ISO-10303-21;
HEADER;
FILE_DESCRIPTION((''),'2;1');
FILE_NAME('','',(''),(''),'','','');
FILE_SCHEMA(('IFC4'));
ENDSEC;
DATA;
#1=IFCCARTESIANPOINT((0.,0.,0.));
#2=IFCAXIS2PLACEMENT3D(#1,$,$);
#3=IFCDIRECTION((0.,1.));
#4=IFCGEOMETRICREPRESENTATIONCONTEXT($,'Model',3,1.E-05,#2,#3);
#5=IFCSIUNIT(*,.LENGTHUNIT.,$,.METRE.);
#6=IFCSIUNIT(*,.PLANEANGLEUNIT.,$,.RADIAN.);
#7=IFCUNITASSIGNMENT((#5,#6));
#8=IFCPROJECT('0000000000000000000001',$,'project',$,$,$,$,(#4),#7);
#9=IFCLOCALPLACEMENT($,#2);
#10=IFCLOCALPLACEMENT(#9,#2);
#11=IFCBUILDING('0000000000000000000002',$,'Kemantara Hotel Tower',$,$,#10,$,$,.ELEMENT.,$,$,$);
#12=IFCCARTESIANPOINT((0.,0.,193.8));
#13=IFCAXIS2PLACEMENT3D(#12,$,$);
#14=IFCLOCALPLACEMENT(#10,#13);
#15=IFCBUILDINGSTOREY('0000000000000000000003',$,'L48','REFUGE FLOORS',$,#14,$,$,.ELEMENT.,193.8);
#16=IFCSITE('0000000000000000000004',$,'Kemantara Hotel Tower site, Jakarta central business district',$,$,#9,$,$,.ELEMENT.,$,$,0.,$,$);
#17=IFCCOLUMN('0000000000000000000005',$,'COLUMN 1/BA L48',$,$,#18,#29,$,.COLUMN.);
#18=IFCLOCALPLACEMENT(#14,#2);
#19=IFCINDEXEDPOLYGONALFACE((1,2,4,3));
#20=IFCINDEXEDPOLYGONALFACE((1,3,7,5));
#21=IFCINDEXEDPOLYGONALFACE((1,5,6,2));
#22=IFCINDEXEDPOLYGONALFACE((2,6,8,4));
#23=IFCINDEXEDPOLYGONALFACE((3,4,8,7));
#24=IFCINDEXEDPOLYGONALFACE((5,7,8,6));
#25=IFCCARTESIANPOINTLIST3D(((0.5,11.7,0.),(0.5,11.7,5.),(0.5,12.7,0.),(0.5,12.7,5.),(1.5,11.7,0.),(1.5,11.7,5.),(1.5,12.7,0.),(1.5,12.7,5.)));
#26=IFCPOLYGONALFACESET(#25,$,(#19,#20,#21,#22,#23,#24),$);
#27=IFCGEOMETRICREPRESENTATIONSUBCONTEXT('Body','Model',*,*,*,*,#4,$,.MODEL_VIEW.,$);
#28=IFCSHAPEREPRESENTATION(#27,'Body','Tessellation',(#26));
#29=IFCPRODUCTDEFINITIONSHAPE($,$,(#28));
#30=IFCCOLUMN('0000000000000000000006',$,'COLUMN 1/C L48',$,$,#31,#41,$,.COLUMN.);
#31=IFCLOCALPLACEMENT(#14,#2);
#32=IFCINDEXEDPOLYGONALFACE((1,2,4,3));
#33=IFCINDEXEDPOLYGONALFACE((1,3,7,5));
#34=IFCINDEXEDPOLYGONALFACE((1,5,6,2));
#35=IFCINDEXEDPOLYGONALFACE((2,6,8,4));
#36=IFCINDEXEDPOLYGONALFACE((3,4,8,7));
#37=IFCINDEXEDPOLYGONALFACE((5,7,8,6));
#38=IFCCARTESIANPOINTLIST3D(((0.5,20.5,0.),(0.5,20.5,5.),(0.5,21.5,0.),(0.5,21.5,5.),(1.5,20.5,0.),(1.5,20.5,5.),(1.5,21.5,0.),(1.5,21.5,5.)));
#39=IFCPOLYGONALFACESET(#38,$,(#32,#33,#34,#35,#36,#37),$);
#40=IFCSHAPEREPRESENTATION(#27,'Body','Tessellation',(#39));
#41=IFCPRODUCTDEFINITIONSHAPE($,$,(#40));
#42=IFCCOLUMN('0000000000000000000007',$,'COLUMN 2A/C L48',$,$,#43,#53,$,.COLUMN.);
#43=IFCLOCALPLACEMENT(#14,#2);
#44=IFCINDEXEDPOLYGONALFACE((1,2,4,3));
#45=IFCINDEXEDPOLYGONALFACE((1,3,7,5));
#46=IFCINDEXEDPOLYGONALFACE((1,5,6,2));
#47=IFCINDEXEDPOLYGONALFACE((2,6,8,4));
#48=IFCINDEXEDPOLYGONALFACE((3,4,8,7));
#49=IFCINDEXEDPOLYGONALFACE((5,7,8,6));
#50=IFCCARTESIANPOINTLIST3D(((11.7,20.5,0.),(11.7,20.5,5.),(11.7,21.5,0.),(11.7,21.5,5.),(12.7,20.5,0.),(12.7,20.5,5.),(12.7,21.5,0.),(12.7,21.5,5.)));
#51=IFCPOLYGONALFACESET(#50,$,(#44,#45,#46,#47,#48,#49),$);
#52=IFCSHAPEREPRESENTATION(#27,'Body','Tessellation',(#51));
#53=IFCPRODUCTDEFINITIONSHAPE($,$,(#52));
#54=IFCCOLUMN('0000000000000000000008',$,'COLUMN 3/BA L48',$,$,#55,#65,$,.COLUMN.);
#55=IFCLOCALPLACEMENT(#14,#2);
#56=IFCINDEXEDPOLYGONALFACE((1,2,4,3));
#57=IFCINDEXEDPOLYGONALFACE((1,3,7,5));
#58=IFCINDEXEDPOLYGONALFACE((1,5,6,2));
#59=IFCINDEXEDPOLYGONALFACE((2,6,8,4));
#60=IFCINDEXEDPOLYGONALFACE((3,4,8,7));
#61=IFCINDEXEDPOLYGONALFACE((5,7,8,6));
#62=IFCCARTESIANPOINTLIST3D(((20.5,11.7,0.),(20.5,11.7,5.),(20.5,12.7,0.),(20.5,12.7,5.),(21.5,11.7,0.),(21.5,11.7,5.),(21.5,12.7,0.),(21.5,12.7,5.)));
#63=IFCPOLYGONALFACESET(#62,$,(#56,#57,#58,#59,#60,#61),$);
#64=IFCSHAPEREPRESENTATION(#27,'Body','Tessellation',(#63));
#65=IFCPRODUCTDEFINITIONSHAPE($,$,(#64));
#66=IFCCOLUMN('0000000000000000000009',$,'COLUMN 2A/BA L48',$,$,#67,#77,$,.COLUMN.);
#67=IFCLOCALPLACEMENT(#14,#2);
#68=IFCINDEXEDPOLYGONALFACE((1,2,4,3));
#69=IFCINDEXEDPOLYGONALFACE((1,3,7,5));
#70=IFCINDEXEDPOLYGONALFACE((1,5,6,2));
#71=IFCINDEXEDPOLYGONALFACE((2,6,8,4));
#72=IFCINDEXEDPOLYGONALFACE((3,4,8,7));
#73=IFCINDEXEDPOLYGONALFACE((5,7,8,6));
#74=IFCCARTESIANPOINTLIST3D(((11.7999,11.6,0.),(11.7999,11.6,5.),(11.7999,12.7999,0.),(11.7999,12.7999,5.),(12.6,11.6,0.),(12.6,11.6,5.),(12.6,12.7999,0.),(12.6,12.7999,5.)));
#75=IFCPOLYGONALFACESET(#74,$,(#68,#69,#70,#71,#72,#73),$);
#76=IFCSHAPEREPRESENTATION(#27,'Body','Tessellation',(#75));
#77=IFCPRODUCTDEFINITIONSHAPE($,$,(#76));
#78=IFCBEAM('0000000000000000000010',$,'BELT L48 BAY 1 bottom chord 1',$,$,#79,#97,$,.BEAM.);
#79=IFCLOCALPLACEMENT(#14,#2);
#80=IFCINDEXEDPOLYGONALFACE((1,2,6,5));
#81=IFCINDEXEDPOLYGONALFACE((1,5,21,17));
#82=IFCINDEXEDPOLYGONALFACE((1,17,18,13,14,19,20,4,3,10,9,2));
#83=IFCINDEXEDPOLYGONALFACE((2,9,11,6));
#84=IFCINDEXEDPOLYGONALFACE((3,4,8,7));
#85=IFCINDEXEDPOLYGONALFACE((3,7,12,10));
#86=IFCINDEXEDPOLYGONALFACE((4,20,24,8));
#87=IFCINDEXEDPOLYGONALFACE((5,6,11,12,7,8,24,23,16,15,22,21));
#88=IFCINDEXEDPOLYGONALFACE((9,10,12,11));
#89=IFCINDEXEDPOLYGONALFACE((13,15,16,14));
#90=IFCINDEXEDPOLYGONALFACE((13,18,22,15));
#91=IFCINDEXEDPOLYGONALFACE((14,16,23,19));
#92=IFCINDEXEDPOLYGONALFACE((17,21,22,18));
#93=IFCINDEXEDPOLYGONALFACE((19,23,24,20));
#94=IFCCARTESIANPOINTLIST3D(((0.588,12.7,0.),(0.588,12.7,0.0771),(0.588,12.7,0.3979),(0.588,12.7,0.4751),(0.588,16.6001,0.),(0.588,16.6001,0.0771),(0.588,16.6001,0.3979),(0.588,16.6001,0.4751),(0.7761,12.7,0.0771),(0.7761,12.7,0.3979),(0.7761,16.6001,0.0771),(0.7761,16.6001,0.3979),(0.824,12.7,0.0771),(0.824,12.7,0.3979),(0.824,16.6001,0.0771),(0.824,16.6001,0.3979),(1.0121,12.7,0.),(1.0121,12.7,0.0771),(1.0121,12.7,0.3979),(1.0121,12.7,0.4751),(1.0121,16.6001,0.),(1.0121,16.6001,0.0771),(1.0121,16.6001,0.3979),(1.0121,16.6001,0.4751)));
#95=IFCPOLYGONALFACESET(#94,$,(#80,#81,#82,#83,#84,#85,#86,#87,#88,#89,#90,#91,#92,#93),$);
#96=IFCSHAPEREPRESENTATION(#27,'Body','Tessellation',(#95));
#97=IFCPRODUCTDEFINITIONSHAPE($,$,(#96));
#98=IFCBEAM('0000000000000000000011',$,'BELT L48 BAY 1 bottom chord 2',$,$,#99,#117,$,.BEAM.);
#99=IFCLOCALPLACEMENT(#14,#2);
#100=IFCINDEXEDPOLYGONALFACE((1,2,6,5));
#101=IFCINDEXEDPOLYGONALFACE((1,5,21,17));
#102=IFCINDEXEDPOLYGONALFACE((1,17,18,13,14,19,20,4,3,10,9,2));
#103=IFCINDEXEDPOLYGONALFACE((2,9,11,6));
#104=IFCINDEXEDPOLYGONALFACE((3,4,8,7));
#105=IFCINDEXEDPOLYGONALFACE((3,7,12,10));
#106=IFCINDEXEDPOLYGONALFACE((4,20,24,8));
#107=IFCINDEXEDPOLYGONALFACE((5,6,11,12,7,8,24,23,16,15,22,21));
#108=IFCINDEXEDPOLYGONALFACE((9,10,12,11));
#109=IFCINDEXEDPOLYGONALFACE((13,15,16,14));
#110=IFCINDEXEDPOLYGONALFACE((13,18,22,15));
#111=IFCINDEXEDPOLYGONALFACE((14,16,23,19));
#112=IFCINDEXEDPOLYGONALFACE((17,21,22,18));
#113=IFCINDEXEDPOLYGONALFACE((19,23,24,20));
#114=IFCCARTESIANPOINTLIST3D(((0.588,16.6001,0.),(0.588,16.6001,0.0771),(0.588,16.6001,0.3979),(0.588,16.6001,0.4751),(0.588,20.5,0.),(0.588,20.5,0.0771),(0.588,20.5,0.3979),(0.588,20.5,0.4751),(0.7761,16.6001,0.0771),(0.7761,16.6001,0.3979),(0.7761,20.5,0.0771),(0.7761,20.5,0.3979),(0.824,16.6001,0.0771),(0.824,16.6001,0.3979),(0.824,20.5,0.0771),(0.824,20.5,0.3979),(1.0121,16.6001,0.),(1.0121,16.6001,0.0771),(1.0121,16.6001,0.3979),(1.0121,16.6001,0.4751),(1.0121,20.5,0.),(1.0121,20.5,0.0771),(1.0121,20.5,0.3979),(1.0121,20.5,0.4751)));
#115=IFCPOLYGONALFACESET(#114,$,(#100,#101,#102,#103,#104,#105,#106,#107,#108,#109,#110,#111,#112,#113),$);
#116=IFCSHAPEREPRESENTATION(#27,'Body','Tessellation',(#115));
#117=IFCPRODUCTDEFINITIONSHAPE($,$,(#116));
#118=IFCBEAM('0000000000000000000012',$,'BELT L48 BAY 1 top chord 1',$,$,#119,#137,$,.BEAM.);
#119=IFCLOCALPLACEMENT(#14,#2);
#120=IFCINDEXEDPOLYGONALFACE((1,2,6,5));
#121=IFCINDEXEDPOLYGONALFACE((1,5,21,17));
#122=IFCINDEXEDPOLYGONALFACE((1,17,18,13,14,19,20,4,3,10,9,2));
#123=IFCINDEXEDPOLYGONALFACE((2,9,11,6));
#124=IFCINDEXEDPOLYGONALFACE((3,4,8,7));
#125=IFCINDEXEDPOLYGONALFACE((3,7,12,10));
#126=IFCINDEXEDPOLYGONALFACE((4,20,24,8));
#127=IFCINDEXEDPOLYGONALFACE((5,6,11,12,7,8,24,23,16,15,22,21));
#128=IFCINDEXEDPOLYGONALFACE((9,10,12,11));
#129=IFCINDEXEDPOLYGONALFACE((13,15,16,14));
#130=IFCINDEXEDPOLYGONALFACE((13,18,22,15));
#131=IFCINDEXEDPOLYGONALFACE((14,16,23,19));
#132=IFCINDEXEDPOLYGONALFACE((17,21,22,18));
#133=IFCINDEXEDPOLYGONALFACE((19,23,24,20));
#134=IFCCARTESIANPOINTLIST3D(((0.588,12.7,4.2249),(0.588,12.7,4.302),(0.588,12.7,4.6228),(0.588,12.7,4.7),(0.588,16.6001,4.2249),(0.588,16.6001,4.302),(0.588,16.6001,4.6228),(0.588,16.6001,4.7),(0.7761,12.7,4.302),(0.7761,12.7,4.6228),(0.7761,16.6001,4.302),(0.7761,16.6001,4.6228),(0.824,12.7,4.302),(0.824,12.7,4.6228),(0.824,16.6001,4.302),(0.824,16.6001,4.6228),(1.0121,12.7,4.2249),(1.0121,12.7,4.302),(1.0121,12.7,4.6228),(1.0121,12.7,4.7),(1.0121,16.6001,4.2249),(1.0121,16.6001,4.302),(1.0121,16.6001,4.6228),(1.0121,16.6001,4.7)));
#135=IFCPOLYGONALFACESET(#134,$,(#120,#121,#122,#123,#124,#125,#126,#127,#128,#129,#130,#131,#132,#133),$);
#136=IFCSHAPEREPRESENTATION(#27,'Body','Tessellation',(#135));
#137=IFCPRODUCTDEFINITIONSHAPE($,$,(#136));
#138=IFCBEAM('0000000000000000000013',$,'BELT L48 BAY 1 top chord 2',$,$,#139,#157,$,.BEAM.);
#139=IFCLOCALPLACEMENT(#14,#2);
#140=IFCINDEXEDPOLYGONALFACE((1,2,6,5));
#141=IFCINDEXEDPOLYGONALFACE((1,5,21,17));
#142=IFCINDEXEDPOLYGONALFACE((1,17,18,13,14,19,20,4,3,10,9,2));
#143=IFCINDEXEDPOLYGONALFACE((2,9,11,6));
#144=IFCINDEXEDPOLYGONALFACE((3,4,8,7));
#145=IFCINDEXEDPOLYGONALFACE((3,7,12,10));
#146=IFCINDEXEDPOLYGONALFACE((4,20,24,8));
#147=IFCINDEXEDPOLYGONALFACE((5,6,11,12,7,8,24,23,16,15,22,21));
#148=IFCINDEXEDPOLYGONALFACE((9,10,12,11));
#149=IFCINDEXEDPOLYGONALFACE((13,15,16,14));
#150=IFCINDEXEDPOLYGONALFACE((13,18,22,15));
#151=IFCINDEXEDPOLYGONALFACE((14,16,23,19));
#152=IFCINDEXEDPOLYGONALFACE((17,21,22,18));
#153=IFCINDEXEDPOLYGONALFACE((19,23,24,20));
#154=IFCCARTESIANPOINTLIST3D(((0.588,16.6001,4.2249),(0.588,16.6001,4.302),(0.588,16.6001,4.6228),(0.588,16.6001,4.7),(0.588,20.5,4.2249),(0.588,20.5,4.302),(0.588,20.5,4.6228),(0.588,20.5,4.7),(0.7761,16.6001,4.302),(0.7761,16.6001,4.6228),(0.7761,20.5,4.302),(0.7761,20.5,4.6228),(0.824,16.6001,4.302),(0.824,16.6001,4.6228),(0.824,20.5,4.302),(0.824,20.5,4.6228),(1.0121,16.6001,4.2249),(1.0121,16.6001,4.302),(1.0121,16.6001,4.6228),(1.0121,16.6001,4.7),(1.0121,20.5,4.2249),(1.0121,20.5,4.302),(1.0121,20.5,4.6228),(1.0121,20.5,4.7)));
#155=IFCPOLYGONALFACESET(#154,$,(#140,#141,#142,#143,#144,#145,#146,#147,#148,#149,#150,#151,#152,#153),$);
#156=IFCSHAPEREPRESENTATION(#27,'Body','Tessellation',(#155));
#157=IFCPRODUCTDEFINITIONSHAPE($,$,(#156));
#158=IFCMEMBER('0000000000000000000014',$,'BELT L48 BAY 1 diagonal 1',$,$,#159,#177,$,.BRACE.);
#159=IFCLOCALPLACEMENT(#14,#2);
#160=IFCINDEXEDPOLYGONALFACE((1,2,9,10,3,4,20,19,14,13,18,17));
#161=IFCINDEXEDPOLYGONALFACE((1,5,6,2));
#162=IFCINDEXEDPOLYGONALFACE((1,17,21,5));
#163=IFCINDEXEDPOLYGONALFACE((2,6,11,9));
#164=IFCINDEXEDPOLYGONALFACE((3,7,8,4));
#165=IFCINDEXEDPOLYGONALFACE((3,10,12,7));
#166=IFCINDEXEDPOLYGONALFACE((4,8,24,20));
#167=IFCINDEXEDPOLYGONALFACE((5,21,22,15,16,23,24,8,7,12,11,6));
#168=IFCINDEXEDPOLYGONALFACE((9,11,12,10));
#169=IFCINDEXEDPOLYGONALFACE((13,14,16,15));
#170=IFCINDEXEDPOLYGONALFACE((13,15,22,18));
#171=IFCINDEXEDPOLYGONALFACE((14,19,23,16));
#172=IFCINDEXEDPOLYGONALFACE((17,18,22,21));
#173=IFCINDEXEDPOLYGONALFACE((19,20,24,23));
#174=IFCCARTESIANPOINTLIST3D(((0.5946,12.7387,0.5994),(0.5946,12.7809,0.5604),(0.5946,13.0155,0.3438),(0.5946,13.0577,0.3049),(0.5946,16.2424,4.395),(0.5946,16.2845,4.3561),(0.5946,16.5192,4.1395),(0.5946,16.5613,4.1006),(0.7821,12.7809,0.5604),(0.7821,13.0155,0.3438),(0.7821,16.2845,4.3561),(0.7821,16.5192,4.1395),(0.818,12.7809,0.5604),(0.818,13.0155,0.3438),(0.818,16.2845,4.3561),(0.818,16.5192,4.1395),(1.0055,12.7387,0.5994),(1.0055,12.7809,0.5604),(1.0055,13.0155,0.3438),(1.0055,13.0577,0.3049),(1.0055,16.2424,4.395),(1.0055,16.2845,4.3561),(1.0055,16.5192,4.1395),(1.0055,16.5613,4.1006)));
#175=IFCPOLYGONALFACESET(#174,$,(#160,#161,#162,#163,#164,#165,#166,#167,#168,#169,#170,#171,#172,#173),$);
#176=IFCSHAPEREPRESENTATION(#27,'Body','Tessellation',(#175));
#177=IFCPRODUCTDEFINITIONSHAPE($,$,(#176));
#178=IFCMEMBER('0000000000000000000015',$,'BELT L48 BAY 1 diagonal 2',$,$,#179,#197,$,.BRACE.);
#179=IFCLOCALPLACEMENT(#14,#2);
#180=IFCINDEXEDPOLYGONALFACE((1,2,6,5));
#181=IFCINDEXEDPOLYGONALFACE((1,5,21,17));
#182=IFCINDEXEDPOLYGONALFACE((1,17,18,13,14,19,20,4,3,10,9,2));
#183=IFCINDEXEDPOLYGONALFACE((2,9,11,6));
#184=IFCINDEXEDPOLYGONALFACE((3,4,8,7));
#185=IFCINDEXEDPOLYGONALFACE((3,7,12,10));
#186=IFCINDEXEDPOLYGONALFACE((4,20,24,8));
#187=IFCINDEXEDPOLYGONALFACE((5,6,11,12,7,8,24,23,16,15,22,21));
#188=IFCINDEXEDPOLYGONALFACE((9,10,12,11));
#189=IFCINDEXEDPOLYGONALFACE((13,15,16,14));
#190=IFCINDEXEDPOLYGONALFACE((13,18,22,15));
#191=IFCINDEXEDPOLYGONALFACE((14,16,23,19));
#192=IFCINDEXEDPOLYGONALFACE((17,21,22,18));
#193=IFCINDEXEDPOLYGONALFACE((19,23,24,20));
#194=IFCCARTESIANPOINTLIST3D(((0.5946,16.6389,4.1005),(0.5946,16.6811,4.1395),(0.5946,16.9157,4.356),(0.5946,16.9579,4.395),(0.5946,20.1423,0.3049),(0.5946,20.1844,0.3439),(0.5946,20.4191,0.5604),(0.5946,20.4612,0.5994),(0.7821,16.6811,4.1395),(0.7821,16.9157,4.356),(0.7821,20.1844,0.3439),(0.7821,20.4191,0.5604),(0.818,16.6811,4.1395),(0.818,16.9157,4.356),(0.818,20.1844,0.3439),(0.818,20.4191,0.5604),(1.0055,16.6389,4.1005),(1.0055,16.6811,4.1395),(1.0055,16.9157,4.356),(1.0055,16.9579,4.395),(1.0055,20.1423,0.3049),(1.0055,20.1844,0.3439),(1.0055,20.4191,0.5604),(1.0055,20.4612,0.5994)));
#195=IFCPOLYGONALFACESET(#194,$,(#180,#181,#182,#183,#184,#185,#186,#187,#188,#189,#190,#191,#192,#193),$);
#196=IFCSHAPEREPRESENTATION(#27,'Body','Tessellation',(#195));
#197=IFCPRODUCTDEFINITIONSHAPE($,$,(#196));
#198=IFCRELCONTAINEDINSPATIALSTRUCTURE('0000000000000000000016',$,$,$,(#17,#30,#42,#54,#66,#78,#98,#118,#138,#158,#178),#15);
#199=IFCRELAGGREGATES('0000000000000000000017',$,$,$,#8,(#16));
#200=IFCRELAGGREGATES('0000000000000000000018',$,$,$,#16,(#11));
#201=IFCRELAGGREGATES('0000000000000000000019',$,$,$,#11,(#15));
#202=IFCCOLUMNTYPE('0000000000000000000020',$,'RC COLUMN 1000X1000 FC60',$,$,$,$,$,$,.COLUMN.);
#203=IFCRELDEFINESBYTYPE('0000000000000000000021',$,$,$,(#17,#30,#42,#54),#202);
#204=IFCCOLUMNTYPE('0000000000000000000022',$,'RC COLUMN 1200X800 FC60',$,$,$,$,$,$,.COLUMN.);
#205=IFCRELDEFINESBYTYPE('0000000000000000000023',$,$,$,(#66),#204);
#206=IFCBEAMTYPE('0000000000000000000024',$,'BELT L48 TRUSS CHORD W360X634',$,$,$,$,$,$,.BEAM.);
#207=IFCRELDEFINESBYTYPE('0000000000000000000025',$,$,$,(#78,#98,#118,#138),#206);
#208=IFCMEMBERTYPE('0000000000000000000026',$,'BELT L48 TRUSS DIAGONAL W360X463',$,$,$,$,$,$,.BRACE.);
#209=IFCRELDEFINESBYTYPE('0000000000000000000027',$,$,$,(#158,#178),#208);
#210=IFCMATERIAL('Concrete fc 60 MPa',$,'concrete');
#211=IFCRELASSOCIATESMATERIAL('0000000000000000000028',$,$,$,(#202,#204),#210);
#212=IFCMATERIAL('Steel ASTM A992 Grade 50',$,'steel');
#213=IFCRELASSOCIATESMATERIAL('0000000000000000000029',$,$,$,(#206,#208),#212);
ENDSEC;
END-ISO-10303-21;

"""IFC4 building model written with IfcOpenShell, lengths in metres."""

from ifc_helpers import new_model, si_unit, direction, frame, origin, origin_2d, place, context, subcontext, project, spatial, rectangle, i_section, extrude, material, material_profile, profile_set, type_object, element, save


model = new_model("IFC4")

# Units and contexts
model_context = context("Model", 3, precision=1e-05, world=origin(), true_north=direction((0.0, 1.0)))
body_context = subcontext(model_context, "Body", "Model", "MODEL_VIEW")
ifc_project = project(units=[si_unit("LENGTHUNIT", "METRE"), si_unit("PLANEANGLEUNIT", "RADIAN")], contexts=[model_context])

# Site, building, storey
site_placement = place(None, origin())
site = spatial("IfcSite", under=ifc_project, at=site_placement, Name="Kemantara Hotel Tower site, Jakarta central business district", CompositionType="ELEMENT", RefElevation=0.0)
building_placement = place(site_placement, origin())
building = spatial("IfcBuilding", under=site, at=building_placement, Name="Kemantara Hotel Tower", CompositionType="ELEMENT")
storey_placement = place(building_placement, frame((0.0, 0.0, 193.8)))
storey = spatial("IfcBuildingStorey", under=building, at=storey_placement, Name="L48", Description="REFUGE FLOORS", CompositionType="ELEMENT", Elevation=193.8)

# Columns
ifc_material_1 = material(Name="Concrete fc 60 MPa", Category="concrete")
ifc_material_profile_1 = material_profile(ifc_material_1, rectangle(XDim=1.0, YDim=1.0, at=origin_2d()), Name="RC 1000X1000")
ifc_profile_set_1 = profile_set([ifc_material_profile_1], Name="Concrete fc 60 MPa")
column_type_1 = type_object("IfcColumnType", Name="RC COLUMN 1000X1000 FC60", PredefinedType="COLUMN", material=ifc_profile_set_1)
for number, where, z_axis, x_axis, name in (
    (1, (1.0, 12.2, 0.0), (0.0, 0.0, 1.0), (1.0, 0.0, 0.0), "COLUMN 1/BA L48"),
    (2, (1.0, 21.0, 0.0), (0.0, 0.0, 1.0), (1.0, 0.0, 0.0), "COLUMN 1/C L48"),
    (3, (12.2, 21.0, 0.0), (0.0, 0.0, 1.0), (1.0, 0.0, 0.0), "COLUMN 2A/C L48"),
    (4, (21.0, 12.2, 0.0), (0.0, 0.0, 1.0), (1.0, 0.0, 0.0), "COLUMN 3/BA L48"),
):
    element("IfcColumn", number, at=place(storey_placement, frame(where, z_axis=z_axis, x_axis=x_axis)), inside=storey, type_object=column_type_1, Name=name, PredefinedType="COLUMN", context=body_context, shape_type="SweptSolid", body=[
        extrude(rectangle(XDim=1.0, YDim=1.0, at=origin_2d()), origin(), (0.0, 0.0, 1.0), 5.0),
    ])
ifc_material_profile_2 = material_profile(ifc_material_1, rectangle(XDim=1.2, YDim=0.8, at=origin_2d()), Name="RC 1200X800")
ifc_profile_set_2 = profile_set([ifc_material_profile_2], Name="Concrete fc 60 MPa")
column_type_2 = type_object("IfcColumnType", Name="RC COLUMN 1200X800 FC60", PredefinedType="COLUMN", material=ifc_profile_set_2)
column_placement = place(storey_placement, frame((12.2, 12.2, 0.0), z_axis=(0.0, 0.0, 1.0), x_axis=(0.0, 1.0, 0.0)))
element("IfcColumn", 5, at=column_placement, inside=storey, type_object=column_type_2, Name="COLUMN 2A/BA L48", PredefinedType="COLUMN", context=body_context, shape_type="SweptSolid", body=[
    extrude(rectangle(XDim=1.2, YDim=0.8, at=origin_2d()), origin(), (0.0, 0.0, 1.0), 5.0),
])

# Beams
ifc_material_2 = material(Name="Steel ASTM A992 Grade 50", Category="steel")
ifc_material_profile_3 = material_profile(ifc_material_2, i_section(OverallWidth=0.4241, OverallDepth=0.4751, WebThickness=0.0479, FlangeThickness=0.0771, at=origin_2d()), Name="W360X634")
ifc_profile_set_3 = profile_set([ifc_material_profile_3], Name="Steel ASTM A992 Grade 50")
beam_type = type_object("IfcBeamType", Name="BELT L48 TRUSS CHORD W360X634", PredefinedType="BEAM", material=ifc_profile_set_3)
beam_1_placement = place(storey_placement, frame((0.8, 12.7, 0.2375), z_axis=(0.0, 1.0, 0.0), x_axis=(-1.0, 0.0, 0.0)))
element("IfcBeam", 6, at=beam_1_placement, inside=storey, type_object=beam_type, Name="BELT L48 BAY 1 bottom chord 1", PredefinedType="BEAM", context=body_context, shape_type="SweptSolid", body=[
    extrude(i_section(OverallWidth=0.4241, OverallDepth=0.4751, WebThickness=0.0479, FlangeThickness=0.0771, at=origin_2d()), origin(), (0.0, 0.0, 1.0), 3.9001),
])
beam_2_placement = place(storey_placement, frame((0.8, 16.6001, 0.2375), z_axis=(0.0, 1.0, 0.0), x_axis=(-1.0, 0.0, 0.0)))
element("IfcBeam", 7, at=beam_2_placement, inside=storey, type_object=beam_type, Name="BELT L48 BAY 1 bottom chord 2", PredefinedType="BEAM", context=body_context, shape_type="SweptSolid", body=[
    extrude(i_section(OverallWidth=0.4241, OverallDepth=0.4751, WebThickness=0.0479, FlangeThickness=0.0771, at=origin_2d()), origin(), (0.0, 0.0, 1.0), 3.8999),
])
beam_3_placement = place(storey_placement, frame((0.8, 12.7, 4.4624), z_axis=(0.0, 1.0, 0.0), x_axis=(-1.0, 0.0, 0.0)))
element("IfcBeam", 8, at=beam_3_placement, inside=storey, type_object=beam_type, Name="BELT L48 BAY 1 top chord 1", PredefinedType="BEAM", context=body_context, shape_type="SweptSolid", body=[
    extrude(i_section(OverallWidth=0.4241, OverallDepth=0.4751, WebThickness=0.0479, FlangeThickness=0.0771, at=origin_2d()), origin(), (0.0, 0.0, 1.0), 3.9001),
])
beam_4_placement = place(storey_placement, frame((0.8, 16.6001, 4.4624), z_axis=(0.0, 1.0, 0.0), x_axis=(-1.0, 0.0, 0.0)))
element("IfcBeam", 9, at=beam_4_placement, inside=storey, type_object=beam_type, Name="BELT L48 BAY 1 top chord 2", PredefinedType="BEAM", context=body_context, shape_type="SweptSolid", body=[
    extrude(i_section(OverallWidth=0.4241, OverallDepth=0.4751, WebThickness=0.0479, FlangeThickness=0.0771, at=origin_2d()), origin(), (0.0, 0.0, 1.0), 3.8999),
])

# Members
ifc_material_profile_4 = material_profile(ifc_material_2, i_section(OverallWidth=0.4109, OverallDepth=0.4341, WebThickness=0.0359, FlangeThickness=0.0574, at=origin_2d()), Name="W360X463")
ifc_profile_set_4 = profile_set([ifc_material_profile_4], Name="Steel ASTM A992 Grade 50")
member_type_1 = type_object("IfcMemberType", Name="BELT L48 TRUSS DIAGONAL W360X463", PredefinedType="BRACE", material=ifc_profile_set_4)
member_1_placement = place(storey_placement, frame((0.8, 12.8982, 0.4521), z_axis=(0.0, 0.678278, 0.734805), x_axis=(-1.0, 0.0, 0.0)))
element("IfcMember", 10, at=member_1_placement, inside=storey, type_object=member_type_1, Name="BELT L48 BAY 1 diagonal 1", PredefinedType="BRACE", context=body_context, shape_type="SweptSolid", body=[
    extrude(i_section(OverallWidth=0.4109, OverallDepth=0.4341, WebThickness=0.0359, FlangeThickness=0.0574, at=origin_2d()), origin(), (0.0, 0.0, 1.0), 5.1655),
])
member_2_placement = place(storey_placement, frame((0.8, 20.3018, 0.4521), z_axis=(0.0, -0.678253, 0.734829), x_axis=(1.0, 0.0, 0.0)))
element("IfcMember", 11, at=member_2_placement, inside=storey, type_object=member_type_1, Name="BELT L48 BAY 1 diagonal 2", PredefinedType="BRACE", context=body_context, shape_type="SweptSolid", body=[
    extrude(i_section(OverallWidth=0.4109, OverallDepth=0.4341, WebThickness=0.0359, FlangeThickness=0.0574, at=origin_2d()), origin(), (0.0, 0.0, 1.0), 5.1653),
])

save(model, "model.ifc")
